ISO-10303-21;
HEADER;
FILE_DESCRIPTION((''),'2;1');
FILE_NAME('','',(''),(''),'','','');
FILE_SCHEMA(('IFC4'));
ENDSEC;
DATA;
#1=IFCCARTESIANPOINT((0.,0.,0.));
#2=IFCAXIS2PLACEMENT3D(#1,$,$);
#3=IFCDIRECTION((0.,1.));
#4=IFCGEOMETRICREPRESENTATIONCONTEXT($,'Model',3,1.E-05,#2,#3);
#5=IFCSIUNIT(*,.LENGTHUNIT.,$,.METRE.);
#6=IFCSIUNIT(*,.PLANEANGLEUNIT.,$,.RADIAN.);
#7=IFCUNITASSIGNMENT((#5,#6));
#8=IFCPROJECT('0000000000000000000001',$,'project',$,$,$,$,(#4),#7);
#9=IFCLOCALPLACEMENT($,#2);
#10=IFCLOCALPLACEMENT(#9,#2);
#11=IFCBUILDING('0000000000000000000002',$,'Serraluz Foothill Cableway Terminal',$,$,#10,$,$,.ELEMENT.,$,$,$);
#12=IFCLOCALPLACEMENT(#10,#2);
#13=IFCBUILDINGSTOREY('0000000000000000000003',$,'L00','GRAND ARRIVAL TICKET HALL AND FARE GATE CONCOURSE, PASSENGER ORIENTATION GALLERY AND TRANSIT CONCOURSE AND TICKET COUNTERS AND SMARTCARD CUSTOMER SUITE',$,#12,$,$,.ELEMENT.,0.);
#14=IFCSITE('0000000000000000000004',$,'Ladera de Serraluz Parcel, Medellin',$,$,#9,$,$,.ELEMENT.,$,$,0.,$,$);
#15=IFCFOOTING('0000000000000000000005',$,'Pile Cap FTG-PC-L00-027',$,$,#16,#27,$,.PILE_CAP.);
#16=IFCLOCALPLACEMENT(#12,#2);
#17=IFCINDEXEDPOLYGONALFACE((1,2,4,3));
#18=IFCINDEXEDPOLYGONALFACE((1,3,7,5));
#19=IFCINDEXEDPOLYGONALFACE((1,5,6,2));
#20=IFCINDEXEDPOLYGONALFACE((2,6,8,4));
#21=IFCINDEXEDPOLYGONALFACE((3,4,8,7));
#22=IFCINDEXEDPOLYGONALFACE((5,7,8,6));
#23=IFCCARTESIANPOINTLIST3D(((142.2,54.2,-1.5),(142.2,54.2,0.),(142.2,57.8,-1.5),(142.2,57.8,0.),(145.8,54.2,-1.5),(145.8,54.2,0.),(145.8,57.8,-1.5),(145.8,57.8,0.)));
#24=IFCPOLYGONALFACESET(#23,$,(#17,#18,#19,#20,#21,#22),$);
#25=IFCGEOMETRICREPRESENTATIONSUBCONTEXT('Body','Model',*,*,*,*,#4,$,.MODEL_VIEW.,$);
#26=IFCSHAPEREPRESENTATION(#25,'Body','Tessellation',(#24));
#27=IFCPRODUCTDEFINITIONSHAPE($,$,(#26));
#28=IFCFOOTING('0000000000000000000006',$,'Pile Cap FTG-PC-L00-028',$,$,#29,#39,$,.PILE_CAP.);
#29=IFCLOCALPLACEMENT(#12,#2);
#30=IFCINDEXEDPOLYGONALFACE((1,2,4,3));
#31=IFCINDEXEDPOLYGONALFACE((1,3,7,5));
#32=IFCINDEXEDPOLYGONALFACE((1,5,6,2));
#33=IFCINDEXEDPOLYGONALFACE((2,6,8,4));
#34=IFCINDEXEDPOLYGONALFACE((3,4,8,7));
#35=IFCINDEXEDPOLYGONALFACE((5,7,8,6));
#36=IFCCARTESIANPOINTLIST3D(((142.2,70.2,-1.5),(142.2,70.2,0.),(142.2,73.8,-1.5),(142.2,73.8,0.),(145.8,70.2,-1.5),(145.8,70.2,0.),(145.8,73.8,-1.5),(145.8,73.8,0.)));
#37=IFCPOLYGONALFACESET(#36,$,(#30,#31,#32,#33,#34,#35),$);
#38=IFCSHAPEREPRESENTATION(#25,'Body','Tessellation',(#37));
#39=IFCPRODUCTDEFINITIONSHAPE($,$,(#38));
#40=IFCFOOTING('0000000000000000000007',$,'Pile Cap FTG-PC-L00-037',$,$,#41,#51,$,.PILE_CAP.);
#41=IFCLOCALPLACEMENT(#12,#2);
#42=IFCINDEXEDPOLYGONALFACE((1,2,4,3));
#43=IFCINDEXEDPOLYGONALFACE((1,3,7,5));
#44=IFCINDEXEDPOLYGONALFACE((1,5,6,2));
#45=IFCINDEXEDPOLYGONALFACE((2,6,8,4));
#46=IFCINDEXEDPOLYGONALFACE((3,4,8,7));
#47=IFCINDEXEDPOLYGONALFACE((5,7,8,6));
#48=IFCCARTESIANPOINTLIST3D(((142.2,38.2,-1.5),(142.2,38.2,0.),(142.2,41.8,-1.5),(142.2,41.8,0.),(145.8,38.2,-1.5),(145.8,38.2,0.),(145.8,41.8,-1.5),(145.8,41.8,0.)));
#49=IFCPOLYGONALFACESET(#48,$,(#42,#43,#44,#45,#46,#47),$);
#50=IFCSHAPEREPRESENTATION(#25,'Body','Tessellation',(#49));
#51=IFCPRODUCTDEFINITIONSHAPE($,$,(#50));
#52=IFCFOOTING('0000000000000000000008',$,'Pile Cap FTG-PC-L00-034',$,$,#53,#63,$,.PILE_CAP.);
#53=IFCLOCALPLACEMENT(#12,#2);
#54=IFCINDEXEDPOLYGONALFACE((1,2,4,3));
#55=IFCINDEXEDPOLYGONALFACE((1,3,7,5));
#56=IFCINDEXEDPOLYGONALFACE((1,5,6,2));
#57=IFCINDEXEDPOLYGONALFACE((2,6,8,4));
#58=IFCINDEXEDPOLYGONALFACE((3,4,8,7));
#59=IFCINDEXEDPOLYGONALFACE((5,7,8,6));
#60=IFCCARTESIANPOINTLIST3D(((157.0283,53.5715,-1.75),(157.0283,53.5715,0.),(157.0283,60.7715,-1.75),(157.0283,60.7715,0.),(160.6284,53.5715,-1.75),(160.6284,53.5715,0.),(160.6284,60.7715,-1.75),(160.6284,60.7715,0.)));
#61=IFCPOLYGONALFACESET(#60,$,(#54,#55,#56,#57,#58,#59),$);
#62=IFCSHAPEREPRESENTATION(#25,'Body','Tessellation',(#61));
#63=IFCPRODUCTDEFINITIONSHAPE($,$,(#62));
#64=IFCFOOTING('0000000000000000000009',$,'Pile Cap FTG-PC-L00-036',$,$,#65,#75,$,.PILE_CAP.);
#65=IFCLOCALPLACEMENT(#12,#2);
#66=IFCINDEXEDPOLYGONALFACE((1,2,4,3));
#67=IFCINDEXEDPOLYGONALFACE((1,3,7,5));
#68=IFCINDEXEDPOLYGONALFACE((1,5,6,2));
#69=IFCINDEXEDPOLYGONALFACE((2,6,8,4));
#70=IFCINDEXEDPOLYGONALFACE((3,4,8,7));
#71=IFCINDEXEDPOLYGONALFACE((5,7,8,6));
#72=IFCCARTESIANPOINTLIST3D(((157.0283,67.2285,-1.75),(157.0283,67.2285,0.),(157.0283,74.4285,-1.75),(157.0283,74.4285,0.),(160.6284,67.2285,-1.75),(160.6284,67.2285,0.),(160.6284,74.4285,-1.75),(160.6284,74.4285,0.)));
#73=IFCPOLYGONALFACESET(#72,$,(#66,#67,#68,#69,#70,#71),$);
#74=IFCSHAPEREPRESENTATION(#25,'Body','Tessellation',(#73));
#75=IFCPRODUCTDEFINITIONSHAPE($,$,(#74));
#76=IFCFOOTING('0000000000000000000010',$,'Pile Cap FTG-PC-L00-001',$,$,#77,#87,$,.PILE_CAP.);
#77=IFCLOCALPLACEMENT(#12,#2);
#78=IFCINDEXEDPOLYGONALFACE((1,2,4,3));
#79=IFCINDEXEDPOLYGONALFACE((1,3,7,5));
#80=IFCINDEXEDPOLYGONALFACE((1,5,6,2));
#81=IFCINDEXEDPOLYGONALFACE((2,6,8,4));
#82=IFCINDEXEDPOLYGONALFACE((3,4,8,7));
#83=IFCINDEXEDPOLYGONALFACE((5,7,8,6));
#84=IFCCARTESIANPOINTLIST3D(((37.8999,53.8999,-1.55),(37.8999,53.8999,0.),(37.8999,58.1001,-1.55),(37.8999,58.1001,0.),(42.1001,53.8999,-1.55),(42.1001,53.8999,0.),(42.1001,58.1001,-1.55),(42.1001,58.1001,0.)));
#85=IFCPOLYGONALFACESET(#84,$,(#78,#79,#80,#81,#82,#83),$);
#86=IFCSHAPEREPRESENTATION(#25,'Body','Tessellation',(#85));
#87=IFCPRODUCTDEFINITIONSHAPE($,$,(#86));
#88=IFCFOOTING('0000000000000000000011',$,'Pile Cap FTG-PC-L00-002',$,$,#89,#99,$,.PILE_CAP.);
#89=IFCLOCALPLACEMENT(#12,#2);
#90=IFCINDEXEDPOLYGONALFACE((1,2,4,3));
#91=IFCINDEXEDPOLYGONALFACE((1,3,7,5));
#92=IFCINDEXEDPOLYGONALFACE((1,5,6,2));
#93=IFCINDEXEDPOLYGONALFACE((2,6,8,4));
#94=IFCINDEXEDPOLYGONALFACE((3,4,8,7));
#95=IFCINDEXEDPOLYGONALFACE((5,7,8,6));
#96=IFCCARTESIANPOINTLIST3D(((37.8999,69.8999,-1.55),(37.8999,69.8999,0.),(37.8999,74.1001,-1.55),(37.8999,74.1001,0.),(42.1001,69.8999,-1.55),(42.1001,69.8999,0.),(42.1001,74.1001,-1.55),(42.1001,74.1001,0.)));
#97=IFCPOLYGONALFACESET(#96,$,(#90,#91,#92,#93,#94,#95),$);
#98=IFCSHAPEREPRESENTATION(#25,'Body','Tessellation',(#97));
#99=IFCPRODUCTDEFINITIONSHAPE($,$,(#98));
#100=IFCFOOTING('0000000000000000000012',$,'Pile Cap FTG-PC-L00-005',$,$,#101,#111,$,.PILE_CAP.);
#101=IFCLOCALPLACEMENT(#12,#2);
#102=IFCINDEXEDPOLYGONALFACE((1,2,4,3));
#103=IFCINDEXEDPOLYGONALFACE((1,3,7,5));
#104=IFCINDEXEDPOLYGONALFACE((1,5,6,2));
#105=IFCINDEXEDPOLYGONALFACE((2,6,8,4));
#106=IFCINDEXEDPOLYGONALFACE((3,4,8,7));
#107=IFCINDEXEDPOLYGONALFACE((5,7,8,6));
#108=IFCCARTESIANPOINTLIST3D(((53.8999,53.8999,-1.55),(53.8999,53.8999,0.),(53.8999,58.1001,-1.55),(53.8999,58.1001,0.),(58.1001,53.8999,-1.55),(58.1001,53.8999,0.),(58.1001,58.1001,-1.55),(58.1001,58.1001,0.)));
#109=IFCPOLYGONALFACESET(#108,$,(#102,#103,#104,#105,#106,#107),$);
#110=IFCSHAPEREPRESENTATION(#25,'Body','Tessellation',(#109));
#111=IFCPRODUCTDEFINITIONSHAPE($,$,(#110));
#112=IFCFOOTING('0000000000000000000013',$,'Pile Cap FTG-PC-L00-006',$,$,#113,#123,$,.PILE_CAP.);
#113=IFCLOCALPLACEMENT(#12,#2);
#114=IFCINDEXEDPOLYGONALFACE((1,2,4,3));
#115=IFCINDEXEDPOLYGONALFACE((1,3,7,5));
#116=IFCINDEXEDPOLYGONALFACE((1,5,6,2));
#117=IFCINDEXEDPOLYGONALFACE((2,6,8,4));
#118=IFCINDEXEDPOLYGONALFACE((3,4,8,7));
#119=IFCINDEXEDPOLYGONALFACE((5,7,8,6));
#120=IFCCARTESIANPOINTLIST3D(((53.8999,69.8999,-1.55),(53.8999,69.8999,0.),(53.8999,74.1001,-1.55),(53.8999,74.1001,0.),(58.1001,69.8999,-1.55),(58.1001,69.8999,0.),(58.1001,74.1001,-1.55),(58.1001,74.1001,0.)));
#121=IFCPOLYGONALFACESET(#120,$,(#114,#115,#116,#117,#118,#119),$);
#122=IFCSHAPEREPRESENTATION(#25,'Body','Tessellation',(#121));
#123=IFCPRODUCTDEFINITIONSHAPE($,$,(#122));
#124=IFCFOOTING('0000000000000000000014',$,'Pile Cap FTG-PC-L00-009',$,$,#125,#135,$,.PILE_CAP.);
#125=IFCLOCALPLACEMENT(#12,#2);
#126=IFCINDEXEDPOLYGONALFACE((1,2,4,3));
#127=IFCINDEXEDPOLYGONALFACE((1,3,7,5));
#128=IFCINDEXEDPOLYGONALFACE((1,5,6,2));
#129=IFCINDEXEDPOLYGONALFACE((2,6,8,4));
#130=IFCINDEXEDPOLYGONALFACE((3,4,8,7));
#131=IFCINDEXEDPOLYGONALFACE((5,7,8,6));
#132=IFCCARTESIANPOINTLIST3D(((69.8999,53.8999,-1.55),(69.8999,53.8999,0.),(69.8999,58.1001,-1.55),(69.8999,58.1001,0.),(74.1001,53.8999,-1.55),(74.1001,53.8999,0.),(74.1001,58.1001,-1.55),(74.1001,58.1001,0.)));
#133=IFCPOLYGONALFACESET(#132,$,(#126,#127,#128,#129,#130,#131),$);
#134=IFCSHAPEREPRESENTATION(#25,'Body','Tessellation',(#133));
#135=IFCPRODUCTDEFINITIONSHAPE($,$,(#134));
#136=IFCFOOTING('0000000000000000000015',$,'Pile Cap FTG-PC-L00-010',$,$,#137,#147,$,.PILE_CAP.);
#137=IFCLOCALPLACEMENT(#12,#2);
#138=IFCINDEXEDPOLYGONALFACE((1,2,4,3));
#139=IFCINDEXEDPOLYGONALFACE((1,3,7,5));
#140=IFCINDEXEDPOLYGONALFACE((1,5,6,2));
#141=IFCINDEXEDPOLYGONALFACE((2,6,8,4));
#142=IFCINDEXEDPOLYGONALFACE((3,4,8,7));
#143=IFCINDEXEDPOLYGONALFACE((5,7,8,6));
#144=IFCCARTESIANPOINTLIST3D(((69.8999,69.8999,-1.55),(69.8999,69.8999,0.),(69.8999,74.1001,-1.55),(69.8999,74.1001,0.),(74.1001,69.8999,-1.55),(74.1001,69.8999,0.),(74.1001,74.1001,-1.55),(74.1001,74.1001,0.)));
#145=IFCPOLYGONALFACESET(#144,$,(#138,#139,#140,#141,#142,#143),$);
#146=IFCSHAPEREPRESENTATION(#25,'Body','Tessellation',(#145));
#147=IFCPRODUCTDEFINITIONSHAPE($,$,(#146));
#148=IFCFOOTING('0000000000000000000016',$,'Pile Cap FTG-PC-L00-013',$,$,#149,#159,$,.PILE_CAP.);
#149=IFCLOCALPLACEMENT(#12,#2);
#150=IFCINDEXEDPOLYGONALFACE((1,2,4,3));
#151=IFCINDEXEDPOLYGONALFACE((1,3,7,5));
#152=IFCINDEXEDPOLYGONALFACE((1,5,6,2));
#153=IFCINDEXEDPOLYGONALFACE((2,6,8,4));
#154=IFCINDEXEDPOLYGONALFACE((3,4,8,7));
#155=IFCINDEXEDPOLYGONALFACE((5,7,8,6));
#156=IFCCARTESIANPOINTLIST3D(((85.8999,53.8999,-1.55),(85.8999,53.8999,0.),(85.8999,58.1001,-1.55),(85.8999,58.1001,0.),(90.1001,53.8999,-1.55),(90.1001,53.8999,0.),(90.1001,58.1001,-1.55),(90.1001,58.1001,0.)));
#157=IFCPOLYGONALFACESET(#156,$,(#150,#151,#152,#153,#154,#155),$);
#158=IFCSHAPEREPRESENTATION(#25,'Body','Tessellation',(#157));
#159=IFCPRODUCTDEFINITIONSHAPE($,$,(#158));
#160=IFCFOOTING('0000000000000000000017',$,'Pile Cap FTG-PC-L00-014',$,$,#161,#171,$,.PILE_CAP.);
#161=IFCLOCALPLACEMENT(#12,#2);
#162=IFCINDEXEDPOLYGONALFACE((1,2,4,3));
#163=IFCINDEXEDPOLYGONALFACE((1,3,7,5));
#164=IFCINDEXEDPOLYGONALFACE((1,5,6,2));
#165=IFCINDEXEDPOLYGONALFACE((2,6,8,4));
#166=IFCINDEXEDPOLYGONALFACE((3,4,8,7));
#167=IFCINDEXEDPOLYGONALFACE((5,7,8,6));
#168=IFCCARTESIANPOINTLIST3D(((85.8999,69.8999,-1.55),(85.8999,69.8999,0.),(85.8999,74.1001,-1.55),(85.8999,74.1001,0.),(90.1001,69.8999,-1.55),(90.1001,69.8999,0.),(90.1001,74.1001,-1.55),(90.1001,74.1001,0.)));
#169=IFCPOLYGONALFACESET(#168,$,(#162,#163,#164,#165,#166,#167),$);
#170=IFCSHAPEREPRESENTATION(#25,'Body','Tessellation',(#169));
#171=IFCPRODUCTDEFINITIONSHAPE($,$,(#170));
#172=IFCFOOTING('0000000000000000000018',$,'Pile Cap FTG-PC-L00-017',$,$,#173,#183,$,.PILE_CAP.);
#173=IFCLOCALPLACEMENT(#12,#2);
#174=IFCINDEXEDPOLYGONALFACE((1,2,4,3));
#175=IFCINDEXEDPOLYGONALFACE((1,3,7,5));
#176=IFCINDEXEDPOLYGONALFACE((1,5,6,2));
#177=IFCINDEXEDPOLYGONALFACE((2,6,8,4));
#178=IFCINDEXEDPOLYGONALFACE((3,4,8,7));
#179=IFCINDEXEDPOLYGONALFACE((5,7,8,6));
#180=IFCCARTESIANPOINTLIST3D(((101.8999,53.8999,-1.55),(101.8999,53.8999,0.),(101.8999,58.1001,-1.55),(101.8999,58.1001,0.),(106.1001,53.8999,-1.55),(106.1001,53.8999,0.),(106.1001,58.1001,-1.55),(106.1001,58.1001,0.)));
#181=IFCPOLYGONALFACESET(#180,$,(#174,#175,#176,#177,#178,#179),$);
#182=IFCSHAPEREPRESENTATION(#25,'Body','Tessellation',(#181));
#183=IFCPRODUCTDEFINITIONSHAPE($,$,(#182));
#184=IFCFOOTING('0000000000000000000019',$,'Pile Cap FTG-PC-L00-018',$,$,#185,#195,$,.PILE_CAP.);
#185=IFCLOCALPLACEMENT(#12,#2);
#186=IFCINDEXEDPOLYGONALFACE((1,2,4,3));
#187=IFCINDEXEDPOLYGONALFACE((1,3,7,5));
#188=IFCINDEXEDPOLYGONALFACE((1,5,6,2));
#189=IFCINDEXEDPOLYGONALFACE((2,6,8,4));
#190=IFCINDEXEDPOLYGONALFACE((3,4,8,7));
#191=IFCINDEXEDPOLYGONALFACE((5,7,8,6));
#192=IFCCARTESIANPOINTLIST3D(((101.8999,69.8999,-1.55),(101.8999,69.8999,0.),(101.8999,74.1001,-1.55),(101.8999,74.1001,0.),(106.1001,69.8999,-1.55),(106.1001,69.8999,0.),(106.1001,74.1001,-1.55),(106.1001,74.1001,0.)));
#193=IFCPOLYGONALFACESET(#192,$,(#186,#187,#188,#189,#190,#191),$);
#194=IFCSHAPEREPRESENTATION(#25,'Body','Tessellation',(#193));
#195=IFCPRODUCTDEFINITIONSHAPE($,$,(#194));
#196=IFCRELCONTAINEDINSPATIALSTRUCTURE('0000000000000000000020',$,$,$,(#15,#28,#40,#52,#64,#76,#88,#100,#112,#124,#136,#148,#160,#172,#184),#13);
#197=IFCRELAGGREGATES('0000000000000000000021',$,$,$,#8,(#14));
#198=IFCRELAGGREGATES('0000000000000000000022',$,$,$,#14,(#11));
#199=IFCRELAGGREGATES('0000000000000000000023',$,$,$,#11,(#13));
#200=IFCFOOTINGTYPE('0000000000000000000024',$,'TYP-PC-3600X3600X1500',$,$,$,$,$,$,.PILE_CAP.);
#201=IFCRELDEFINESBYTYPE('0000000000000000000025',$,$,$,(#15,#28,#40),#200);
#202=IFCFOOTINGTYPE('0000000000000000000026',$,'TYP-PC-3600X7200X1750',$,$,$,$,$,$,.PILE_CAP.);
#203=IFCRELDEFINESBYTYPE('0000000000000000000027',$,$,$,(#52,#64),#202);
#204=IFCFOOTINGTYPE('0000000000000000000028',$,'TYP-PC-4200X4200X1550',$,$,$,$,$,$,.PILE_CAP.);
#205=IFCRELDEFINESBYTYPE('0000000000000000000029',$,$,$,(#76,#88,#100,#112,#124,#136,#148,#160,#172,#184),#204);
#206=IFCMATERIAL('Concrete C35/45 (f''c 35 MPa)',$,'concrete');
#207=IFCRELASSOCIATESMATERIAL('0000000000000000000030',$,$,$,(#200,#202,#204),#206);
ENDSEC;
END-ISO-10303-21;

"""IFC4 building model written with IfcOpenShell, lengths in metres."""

from ifc_helpers import new_model, si_unit, direction, frame, origin, place, context, subcontext, project, spatial, polyline, outline, extrude, material, type_object, element, save


model = new_model("IFC4")

# Units and contexts
model_context = context("Model", 3, precision=1e-05, world=origin(), true_north=direction((0.0, 1.0)))
body_context = subcontext(model_context, "Body", "Model", "MODEL_VIEW")
ifc_project = project(units=[si_unit("LENGTHUNIT", "METRE"), si_unit("PLANEANGLEUNIT", "RADIAN")], contexts=[model_context])

# Site, building, storey
site_placement = place(None, origin())
site = spatial("IfcSite", under=ifc_project, at=site_placement, Name="Ladera de Serraluz Parcel, Medellin", CompositionType="ELEMENT", RefElevation=0.0)
building_placement = place(site_placement, origin())
building = spatial("IfcBuilding", under=site, at=building_placement, Name="Serraluz Foothill Cableway Terminal", CompositionType="ELEMENT")
storey_placement = place(building_placement, origin())
storey = spatial("IfcBuildingStorey", under=building, at=storey_placement, Name="L00", Description="GRAND ARRIVAL TICKET HALL AND FARE GATE CONCOURSE, PASSENGER ORIENTATION GALLERY AND TRANSIT CONCOURSE AND TICKET COUNTERS AND SMARTCARD CUSTOMER SUITE", CompositionType="ELEMENT", Elevation=0.0)

# Footings
ifc_material_1 = material(Name="Concrete C35/45 (f'c 35 MPa)", Category="concrete")
footing_type_1 = type_object("IfcFootingType", Name="TYP-PC-3600X3600X1500", PredefinedType="PILE_CAP", material=ifc_material_1)
footing_1_placement = place(storey_placement, frame((0.0, 0.0, -1.5)))
element("IfcFooting", 1, at=footing_1_placement, inside=storey, type_object=footing_type_1, Name="Pile Cap FTG-PC-L00-027", PredefinedType="PILE_CAP", context=body_context, shape_type="SweptSolid", body=[
    extrude(outline(polyline([(142.2, 54.2), (145.8, 54.2), (145.8, 57.8), (142.2, 57.8), (142.2, 54.2)])), origin(), (0.0, 0.0, 1.0), 1.5),
])
footing_2_placement = place(storey_placement, frame((0.0, 0.0, -1.5)))
element("IfcFooting", 2, at=footing_2_placement, inside=storey, type_object=footing_type_1, Name="Pile Cap FTG-PC-L00-028", PredefinedType="PILE_CAP", context=body_context, shape_type="SweptSolid", body=[
    extrude(outline(polyline([(142.2, 70.2), (145.8, 70.2), (145.8, 73.8), (142.2, 73.8), (142.2, 70.2)])), origin(), (0.0, 0.0, 1.0), 1.5),
])
footing_3_placement = place(storey_placement, frame((0.0, 0.0, -1.5)))
element("IfcFooting", 3, at=footing_3_placement, inside=storey, type_object=footing_type_1, Name="Pile Cap FTG-PC-L00-037", PredefinedType="PILE_CAP", context=body_context, shape_type="SweptSolid", body=[
    extrude(outline(polyline([(142.2, 38.2), (145.8, 38.2), (145.8, 41.8), (142.2, 41.8), (142.2, 38.2)])), origin(), (0.0, 0.0, 1.0), 1.5),
])
footing_type_2 = type_object("IfcFootingType", Name="TYP-PC-3600X7200X1750", PredefinedType="PILE_CAP", material=ifc_material_1)
footing_4_placement = place(storey_placement, frame((0.0, 0.0, -1.75)))
element("IfcFooting", 4, at=footing_4_placement, inside=storey, type_object=footing_type_2, Name="Pile Cap FTG-PC-L00-034", PredefinedType="PILE_CAP", context=body_context, shape_type="SweptSolid", body=[
    extrude(outline(polyline([(157.0283, 53.5715), (160.6284, 53.5715), (160.6284, 60.7715), (157.0283, 60.7715), (157.0283, 53.5715)])), origin(), (0.0, 0.0, 1.0), 1.75),
])
footing_5_placement = place(storey_placement, frame((0.0, 0.0, -1.75)))
element("IfcFooting", 5, at=footing_5_placement, inside=storey, type_object=footing_type_2, Name="Pile Cap FTG-PC-L00-036", PredefinedType="PILE_CAP", context=body_context, shape_type="SweptSolid", body=[
    extrude(outline(polyline([(157.0283, 67.2285), (160.6284, 67.2285), (160.6284, 74.4285), (157.0283, 74.4285), (157.0283, 67.2285)])), origin(), (0.0, 0.0, 1.0), 1.75),
])
footing_type_3 = type_object("IfcFootingType", Name="TYP-PC-4200X4200X1550", PredefinedType="PILE_CAP", material=ifc_material_1)
footing_6_placement = place(storey_placement, frame((0.0, 0.0, -1.55)))
element("IfcFooting", 6, at=footing_6_placement, inside=storey, type_object=footing_type_3, Name="Pile Cap FTG-PC-L00-001", PredefinedType="PILE_CAP", context=body_context, shape_type="SweptSolid", body=[
    extrude(outline(polyline([(37.8999, 53.8999), (42.1001, 53.8999), (42.1001, 58.1001), (37.8999, 58.1001), (37.8999, 53.8999)])), origin(), (0.0, 0.0, 1.0), 1.55),
])
footing_7_placement = place(storey_placement, frame((0.0, 0.0, -1.55)))
element("IfcFooting", 7, at=footing_7_placement, inside=storey, type_object=footing_type_3, Name="Pile Cap FTG-PC-L00-002", PredefinedType="PILE_CAP", context=body_context, shape_type="SweptSolid", body=[
    extrude(outline(polyline([(37.8999, 69.8999), (42.1001, 69.8999), (42.1001, 74.1001), (37.8999, 74.1001), (37.8999, 69.8999)])), origin(), (0.0, 0.0, 1.0), 1.55),
])
footing_8_placement = place(storey_placement, frame((0.0, 0.0, -1.55)))
element("IfcFooting", 8, at=footing_8_placement, inside=storey, type_object=footing_type_3, Name="Pile Cap FTG-PC-L00-005", PredefinedType="PILE_CAP", context=body_context, shape_type="SweptSolid", body=[
    extrude(outline(polyline([(53.8999, 53.8999), (58.1001, 53.8999), (58.1001, 58.1001), (53.8999, 58.1001), (53.8999, 53.8999)])), origin(), (0.0, 0.0, 1.0), 1.55),
])
footing_9_placement = place(storey_placement, frame((0.0, 0.0, -1.55)))
element("IfcFooting", 9, at=footing_9_placement, inside=storey, type_object=footing_type_3, Name="Pile Cap FTG-PC-L00-006", PredefinedType="PILE_CAP", context=body_context, shape_type="SweptSolid", body=[
    extrude(outline(polyline([(53.8999, 69.8999), (58.1001, 69.8999), (58.1001, 74.1001), (53.8999, 74.1001), (53.8999, 69.8999)])), origin(), (0.0, 0.0, 1.0), 1.55),
])
footing_10_placement = place(storey_placement, frame((0.0, 0.0, -1.55)))
element("IfcFooting", 10, at=footing_10_placement, inside=storey, type_object=footing_type_3, Name="Pile Cap FTG-PC-L00-009", PredefinedType="PILE_CAP", context=body_context, shape_type="SweptSolid", body=[
    extrude(outline(polyline([(69.8999, 53.8999), (74.1001, 53.8999), (74.1001, 58.1001), (69.8999, 58.1001), (69.8999, 53.8999)])), origin(), (0.0, 0.0, 1.0), 1.55),
])
footing_11_placement = place(storey_placement, frame((0.0, 0.0, -1.55)))
element("IfcFooting", 11, at=footing_11_placement, inside=storey, type_object=footing_type_3, Name="Pile Cap FTG-PC-L00-010", PredefinedType="PILE_CAP", context=body_context, shape_type="SweptSolid", body=[
    extrude(outline(polyline([(69.8999, 69.8999), (74.1001, 69.8999), (74.1001, 74.1001), (69.8999, 74.1001), (69.8999, 69.8999)])), origin(), (0.0, 0.0, 1.0), 1.55),
])
footing_12_placement = place(storey_placement, frame((0.0, 0.0, -1.55)))
element("IfcFooting", 12, at=footing_12_placement, inside=storey, type_object=footing_type_3, Name="Pile Cap FTG-PC-L00-013", PredefinedType="PILE_CAP", context=body_context, shape_type="SweptSolid", body=[
    extrude(outline(polyline([(85.8999, 53.8999), (90.1001, 53.8999), (90.1001, 58.1001), (85.8999, 58.1001), (85.8999, 53.8999)])), origin(), (0.0, 0.0, 1.0), 1.55),
])
footing_13_placement = place(storey_placement, frame((0.0, 0.0, -1.55)))
element("IfcFooting", 13, at=footing_13_placement, inside=storey, type_object=footing_type_3, Name="Pile Cap FTG-PC-L00-014", PredefinedType="PILE_CAP", context=body_context, shape_type="SweptSolid", body=[
    extrude(outline(polyline([(85.8999, 69.8999), (90.1001, 69.8999), (90.1001, 74.1001), (85.8999, 74.1001), (85.8999, 69.8999)])), origin(), (0.0, 0.0, 1.0), 1.55),
])
footing_14_placement = place(storey_placement, frame((0.0, 0.0, -1.55)))
element("IfcFooting", 14, at=footing_14_placement, inside=storey, type_object=footing_type_3, Name="Pile Cap FTG-PC-L00-017", PredefinedType="PILE_CAP", context=body_context, shape_type="SweptSolid", body=[
    extrude(outline(polyline([(101.8999, 53.8999), (106.1001, 53.8999), (106.1001, 58.1001), (101.8999, 58.1001), (101.8999, 53.8999)])), origin(), (0.0, 0.0, 1.0), 1.55),
])
footing_15_placement = place(storey_placement, frame((0.0, 0.0, -1.55)))
element("IfcFooting", 15, at=footing_15_placement, inside=storey, type_object=footing_type_3, Name="Pile Cap FTG-PC-L00-018", PredefinedType="PILE_CAP", context=body_context, shape_type="SweptSolid", body=[
    extrude(outline(polyline([(101.8999, 69.8999), (106.1001, 69.8999), (106.1001, 74.1001), (101.8999, 74.1001), (101.8999, 69.8999)])), origin(), (0.0, 0.0, 1.0), 1.55),
])

save(model, "model.ifc")
